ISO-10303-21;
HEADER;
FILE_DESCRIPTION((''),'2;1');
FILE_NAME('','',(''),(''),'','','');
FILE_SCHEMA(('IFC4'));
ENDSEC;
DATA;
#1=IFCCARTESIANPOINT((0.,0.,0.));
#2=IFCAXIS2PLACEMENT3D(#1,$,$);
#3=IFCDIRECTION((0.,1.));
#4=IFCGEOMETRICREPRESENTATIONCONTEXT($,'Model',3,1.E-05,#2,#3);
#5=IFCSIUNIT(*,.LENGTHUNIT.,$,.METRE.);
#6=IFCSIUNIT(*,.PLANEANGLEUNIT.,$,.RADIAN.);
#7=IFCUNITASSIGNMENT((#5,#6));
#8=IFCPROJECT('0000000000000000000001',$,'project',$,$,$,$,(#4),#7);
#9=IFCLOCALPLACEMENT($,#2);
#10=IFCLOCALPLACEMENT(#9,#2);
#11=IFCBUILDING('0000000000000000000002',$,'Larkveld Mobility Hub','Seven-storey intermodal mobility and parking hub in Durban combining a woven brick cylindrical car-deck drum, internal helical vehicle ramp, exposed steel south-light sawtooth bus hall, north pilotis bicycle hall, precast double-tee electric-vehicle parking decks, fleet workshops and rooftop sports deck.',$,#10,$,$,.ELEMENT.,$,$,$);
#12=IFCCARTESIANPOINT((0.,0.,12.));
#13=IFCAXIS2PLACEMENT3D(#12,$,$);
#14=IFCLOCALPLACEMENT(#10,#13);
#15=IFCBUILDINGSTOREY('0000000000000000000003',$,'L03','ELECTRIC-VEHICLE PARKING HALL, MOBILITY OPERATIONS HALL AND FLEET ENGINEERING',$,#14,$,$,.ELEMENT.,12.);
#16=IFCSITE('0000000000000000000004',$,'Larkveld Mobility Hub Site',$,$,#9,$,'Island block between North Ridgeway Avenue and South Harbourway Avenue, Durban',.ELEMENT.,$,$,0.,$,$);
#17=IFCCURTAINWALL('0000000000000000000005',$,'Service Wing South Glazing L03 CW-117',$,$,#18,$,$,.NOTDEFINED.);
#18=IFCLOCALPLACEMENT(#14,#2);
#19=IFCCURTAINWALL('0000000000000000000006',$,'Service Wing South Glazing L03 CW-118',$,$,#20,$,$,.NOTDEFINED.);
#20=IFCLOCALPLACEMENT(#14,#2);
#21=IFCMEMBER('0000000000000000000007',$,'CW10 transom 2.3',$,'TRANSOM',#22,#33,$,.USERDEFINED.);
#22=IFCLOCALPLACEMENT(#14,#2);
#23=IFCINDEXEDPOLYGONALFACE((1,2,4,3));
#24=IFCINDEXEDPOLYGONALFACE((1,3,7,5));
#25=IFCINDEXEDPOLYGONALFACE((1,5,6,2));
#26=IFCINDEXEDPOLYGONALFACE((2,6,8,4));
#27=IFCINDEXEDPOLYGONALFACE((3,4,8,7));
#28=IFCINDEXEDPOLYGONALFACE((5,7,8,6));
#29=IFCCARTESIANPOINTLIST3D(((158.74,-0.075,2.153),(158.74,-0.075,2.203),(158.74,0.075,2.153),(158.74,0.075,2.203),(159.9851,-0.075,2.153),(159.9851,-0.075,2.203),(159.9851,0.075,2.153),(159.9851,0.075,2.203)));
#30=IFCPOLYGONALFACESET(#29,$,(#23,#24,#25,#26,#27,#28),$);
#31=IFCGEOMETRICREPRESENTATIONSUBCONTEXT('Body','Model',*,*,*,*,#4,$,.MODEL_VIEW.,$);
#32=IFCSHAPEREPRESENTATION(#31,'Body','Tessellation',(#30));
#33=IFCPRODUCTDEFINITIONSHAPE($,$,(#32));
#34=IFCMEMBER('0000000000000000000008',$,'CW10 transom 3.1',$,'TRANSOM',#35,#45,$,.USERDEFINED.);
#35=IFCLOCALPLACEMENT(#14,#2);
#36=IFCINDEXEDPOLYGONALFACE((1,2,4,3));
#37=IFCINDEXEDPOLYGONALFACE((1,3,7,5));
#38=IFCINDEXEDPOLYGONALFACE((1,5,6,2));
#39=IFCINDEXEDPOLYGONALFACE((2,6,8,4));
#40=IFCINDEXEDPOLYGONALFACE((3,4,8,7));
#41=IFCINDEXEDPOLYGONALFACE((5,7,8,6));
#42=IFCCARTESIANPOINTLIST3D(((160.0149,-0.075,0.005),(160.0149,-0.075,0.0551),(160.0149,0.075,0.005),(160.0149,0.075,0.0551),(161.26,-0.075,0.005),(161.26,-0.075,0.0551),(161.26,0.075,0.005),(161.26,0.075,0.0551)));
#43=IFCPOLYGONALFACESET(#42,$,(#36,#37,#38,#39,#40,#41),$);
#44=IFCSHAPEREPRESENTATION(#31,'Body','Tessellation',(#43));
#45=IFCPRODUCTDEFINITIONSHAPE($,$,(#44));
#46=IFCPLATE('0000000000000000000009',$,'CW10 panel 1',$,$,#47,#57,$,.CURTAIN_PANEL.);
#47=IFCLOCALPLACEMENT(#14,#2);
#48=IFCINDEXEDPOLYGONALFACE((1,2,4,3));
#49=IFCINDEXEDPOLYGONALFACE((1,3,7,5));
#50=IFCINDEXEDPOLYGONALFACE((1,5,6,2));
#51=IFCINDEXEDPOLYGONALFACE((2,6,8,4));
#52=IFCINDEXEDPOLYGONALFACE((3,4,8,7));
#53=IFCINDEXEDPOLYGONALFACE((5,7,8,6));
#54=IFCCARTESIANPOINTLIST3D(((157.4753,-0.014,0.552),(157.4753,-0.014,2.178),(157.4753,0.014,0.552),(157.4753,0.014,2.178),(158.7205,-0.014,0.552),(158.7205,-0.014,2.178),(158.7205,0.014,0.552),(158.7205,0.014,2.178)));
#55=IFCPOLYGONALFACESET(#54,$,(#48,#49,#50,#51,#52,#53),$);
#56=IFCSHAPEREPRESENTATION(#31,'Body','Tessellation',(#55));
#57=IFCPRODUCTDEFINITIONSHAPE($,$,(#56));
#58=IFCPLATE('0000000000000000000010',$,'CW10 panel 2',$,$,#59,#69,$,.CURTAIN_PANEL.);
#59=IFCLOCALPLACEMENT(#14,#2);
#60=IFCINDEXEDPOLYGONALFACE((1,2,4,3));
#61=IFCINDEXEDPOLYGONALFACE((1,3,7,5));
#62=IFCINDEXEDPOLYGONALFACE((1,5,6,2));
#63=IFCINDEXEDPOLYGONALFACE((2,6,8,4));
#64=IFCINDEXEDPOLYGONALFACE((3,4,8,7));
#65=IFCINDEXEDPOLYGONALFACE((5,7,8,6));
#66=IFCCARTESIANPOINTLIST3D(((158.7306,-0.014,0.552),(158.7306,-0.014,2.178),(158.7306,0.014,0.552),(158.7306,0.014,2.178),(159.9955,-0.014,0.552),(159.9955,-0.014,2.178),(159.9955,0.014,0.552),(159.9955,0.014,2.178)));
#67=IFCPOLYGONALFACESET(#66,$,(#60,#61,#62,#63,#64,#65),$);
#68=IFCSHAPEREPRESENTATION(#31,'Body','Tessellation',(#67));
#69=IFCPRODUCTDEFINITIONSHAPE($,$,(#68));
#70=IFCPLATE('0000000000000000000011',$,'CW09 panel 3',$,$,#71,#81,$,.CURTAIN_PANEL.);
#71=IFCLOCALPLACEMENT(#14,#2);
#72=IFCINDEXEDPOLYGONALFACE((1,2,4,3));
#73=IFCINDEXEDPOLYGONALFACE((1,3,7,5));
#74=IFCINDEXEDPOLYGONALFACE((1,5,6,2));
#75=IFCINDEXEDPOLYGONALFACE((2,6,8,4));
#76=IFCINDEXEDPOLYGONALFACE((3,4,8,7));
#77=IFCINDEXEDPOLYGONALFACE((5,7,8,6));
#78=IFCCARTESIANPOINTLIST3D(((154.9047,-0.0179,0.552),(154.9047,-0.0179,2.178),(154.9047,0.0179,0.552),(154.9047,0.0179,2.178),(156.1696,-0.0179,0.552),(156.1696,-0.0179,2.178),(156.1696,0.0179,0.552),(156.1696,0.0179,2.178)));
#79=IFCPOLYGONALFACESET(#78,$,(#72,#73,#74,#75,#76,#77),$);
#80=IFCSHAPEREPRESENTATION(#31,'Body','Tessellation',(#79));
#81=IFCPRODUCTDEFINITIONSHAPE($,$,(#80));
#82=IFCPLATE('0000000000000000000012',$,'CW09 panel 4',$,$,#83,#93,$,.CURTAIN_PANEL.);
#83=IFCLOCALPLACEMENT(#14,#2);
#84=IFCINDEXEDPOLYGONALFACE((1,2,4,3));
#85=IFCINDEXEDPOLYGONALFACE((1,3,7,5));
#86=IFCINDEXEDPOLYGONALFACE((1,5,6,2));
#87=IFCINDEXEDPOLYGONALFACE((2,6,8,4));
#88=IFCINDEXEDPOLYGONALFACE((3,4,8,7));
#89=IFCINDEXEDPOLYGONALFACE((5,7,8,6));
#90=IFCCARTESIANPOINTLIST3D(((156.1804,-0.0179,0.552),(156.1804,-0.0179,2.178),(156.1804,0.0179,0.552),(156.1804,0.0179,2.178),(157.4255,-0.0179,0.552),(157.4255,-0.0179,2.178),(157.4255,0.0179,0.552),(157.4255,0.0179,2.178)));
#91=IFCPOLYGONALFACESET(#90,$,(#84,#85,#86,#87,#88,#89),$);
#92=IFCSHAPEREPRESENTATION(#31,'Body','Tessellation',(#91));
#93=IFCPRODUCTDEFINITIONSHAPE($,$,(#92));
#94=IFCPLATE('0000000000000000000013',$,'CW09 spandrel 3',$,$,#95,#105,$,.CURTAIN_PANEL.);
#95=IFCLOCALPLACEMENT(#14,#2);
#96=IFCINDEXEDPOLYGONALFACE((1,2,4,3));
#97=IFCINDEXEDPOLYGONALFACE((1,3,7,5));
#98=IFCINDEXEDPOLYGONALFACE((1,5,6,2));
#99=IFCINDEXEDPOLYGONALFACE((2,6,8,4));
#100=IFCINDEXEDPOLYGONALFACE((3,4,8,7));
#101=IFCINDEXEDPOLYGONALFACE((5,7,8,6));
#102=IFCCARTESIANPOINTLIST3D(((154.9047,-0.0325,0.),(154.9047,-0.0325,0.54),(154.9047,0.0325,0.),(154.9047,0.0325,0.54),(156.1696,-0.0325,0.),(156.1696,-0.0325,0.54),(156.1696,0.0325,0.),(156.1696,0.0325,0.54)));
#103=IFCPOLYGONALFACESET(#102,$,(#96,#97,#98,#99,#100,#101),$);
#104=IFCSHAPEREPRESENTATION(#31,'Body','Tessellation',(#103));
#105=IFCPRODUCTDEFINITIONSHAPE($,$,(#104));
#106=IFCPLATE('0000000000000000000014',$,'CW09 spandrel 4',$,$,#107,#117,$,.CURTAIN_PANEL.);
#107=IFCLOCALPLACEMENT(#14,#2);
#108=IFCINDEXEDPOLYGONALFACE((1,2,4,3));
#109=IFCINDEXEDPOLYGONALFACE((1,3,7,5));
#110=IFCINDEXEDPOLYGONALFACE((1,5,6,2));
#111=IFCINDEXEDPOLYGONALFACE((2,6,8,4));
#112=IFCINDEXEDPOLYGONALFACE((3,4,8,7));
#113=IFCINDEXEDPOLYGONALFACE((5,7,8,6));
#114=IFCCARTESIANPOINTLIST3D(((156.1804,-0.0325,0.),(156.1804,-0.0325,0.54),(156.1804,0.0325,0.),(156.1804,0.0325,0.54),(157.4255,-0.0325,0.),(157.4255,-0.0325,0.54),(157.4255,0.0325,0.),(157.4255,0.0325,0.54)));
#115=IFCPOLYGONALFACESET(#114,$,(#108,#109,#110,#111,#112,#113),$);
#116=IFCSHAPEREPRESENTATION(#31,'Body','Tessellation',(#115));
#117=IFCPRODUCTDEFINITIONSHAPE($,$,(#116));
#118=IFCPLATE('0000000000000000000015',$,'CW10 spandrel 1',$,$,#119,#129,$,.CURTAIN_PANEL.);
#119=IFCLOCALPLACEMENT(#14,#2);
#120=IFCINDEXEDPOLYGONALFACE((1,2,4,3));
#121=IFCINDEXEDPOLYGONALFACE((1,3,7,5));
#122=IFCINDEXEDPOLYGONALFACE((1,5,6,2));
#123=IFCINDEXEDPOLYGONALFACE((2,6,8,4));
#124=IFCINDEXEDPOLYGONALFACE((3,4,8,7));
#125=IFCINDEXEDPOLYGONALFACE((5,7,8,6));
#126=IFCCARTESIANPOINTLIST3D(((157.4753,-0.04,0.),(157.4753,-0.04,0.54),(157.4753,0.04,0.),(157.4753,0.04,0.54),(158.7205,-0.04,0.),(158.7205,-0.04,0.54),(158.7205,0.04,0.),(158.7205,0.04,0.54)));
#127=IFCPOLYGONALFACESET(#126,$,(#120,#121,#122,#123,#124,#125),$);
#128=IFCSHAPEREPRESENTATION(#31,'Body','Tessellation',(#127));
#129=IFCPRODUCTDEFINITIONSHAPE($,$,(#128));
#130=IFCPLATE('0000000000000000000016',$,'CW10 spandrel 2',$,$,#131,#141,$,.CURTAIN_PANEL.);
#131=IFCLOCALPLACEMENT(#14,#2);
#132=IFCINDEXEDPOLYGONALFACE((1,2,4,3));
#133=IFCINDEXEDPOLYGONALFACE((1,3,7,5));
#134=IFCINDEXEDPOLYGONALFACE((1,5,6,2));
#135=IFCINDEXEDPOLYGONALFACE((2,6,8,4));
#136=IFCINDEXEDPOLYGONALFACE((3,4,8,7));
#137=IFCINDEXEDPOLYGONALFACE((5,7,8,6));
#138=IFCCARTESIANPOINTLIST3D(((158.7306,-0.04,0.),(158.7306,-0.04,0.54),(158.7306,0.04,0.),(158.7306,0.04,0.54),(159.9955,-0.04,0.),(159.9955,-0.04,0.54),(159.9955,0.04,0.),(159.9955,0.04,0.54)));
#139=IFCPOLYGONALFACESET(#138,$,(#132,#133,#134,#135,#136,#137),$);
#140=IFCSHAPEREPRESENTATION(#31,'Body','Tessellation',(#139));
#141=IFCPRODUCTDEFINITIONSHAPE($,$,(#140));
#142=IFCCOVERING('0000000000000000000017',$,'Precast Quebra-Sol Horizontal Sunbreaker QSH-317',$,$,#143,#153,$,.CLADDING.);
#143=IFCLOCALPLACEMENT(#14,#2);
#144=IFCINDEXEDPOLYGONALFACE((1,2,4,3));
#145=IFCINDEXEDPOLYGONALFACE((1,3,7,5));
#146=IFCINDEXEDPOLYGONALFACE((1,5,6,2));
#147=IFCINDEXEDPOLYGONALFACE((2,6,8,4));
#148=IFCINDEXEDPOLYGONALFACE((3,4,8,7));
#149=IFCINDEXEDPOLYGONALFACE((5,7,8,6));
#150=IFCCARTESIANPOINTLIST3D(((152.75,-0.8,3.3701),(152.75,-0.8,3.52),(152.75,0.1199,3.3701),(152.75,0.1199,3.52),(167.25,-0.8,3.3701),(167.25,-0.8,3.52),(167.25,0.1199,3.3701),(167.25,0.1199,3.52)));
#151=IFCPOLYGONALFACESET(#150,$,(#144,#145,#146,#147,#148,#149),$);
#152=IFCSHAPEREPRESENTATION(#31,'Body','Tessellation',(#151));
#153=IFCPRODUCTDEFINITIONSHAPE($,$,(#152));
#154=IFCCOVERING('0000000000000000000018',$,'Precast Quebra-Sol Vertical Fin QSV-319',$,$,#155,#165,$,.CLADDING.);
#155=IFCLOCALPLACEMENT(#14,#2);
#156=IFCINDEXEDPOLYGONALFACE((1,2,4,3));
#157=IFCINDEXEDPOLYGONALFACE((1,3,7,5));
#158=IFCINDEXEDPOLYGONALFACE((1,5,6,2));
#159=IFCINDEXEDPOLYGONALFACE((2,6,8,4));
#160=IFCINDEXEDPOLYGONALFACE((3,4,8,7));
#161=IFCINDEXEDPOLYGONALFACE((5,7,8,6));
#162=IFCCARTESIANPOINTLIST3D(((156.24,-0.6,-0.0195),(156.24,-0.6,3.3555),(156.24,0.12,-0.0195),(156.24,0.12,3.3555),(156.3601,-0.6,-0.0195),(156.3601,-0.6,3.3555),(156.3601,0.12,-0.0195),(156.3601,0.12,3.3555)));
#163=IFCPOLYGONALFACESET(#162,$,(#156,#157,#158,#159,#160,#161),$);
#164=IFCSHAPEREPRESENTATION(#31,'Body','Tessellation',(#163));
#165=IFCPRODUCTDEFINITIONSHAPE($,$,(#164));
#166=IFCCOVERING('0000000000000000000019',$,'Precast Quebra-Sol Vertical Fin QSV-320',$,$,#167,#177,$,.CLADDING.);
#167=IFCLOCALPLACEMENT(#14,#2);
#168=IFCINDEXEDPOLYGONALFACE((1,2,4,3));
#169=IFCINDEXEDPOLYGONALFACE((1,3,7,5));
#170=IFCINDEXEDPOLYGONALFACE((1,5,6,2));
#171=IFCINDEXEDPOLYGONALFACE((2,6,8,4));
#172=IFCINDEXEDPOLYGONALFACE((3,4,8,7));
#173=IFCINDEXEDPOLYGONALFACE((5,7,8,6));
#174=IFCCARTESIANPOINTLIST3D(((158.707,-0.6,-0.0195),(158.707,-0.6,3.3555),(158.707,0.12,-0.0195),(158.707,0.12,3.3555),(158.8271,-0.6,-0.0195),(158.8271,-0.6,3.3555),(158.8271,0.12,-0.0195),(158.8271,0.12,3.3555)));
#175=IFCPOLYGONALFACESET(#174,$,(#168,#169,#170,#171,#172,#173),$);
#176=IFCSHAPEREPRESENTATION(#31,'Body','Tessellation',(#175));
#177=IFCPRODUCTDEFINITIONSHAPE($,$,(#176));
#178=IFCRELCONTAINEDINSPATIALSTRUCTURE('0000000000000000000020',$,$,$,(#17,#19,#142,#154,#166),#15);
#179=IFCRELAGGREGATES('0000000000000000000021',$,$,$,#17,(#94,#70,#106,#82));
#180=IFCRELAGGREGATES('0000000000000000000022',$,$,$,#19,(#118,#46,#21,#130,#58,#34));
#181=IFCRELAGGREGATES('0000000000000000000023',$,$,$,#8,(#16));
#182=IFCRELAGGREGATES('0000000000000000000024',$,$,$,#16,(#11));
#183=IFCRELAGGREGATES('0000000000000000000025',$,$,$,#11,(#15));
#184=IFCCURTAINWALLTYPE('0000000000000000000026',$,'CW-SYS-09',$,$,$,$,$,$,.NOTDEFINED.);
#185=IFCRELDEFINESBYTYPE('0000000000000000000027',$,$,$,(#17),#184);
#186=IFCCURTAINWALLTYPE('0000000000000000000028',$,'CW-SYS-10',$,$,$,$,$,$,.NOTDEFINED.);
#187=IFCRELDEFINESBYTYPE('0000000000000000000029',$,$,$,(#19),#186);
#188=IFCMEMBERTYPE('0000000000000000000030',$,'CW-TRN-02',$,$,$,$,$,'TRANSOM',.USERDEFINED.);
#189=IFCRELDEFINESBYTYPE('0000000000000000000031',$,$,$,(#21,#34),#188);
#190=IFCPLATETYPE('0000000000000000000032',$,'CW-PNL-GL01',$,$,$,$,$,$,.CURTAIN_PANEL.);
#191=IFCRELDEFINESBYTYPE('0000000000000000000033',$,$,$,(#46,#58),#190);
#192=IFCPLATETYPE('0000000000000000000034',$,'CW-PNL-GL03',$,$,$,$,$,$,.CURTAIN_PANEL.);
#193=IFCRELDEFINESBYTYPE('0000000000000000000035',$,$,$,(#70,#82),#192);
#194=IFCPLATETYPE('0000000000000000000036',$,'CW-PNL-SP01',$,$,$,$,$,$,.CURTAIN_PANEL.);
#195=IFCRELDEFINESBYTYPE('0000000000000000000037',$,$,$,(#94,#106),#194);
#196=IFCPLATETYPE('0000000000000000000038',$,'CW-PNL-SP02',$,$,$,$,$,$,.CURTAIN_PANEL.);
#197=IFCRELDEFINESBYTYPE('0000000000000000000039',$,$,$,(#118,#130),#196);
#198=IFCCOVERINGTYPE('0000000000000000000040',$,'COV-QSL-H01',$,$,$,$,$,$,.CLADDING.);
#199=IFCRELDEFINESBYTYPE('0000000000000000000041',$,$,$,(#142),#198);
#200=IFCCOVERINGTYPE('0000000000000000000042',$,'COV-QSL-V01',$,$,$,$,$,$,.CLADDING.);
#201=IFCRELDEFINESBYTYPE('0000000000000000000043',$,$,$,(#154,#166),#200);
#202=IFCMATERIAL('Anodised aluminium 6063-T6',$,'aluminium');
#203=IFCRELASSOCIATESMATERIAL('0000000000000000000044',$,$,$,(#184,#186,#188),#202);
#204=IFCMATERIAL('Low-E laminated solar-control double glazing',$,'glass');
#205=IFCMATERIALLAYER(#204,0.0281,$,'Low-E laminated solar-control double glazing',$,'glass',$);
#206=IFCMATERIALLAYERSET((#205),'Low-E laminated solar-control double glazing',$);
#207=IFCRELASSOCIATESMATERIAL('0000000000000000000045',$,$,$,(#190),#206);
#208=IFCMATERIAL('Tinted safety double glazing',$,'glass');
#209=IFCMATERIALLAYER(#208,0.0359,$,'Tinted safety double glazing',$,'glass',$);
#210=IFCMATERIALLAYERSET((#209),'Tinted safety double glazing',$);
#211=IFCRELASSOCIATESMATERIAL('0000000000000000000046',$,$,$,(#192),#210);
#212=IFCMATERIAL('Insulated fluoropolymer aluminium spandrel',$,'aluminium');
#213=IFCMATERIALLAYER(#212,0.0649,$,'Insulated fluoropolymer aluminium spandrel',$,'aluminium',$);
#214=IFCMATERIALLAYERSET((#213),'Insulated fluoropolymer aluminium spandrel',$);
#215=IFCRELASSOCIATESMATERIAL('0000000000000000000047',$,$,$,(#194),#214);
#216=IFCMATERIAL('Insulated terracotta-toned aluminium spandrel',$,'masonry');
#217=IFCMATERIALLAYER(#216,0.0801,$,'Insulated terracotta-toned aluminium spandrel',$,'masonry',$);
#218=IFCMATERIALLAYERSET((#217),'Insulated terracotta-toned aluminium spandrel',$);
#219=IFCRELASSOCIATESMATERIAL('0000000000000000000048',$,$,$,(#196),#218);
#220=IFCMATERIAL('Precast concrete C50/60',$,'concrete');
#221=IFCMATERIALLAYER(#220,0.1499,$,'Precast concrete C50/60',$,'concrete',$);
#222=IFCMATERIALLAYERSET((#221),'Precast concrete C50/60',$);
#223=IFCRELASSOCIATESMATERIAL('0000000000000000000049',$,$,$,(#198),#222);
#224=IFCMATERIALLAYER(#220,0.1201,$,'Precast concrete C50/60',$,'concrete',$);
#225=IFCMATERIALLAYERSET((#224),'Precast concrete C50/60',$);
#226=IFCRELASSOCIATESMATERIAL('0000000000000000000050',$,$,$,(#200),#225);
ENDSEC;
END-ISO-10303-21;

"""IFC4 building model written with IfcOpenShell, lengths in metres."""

from ifc_helpers import new_model, si_unit, direction, frame, origin, origin_2d, place, context, subcontext, project, spatial, rectangle, extrude, material, layer, layer_set, material_profile, profile_set, type_object, element, aggregate, save


model = new_model("IFC4")

# Units and contexts
model_context = context("Model", 3, precision=1e-05, world=origin(), true_north=direction((0.0, 1.0)))
body_context = subcontext(model_context, "Body", "Model", "MODEL_VIEW")
ifc_project = project(units=[si_unit("LENGTHUNIT", "METRE"), si_unit("PLANEANGLEUNIT", "RADIAN")], contexts=[model_context])

# Site, building, storey
site_placement = place(None, origin())
site = spatial("IfcSite", under=ifc_project, at=site_placement, Name="Larkveld Mobility Hub Site", LongName="Island block between North Ridgeway Avenue and South Harbourway Avenue, Durban", CompositionType="ELEMENT", RefElevation=0.0)
building_placement = place(site_placement, origin())
building = spatial("IfcBuilding", under=site, at=building_placement, Name="Larkveld Mobility Hub", Description="Seven-storey intermodal mobility and parking hub in Durban combining a woven brick cylindrical car-deck drum, internal helical vehicle ramp, exposed steel south-light sawtooth bus hall, north pilotis bicycle hall, precast double-tee electric-vehicle parking decks, fleet workshops and rooftop sports deck.", CompositionType="ELEMENT")
storey_placement = place(building_placement, frame((0.0, 0.0, 12.0)))
storey = spatial("IfcBuildingStorey", under=building, at=storey_placement, Name="L03", Description="ELECTRIC-VEHICLE PARKING HALL, MOBILITY OPERATIONS HALL AND FLEET ENGINEERING", CompositionType="ELEMENT", Elevation=12.0)

# Curtain walls
ifc_material_1 = material(Name="Anodised aluminium 6063-T6", Category="aluminium")
curtain_wall_type_1 = type_object("IfcCurtainWallType", Name="CW-SYS-09", PredefinedType="NOTDEFINED", material=ifc_material_1)
curtain_wall_1_placement = place(storey_placement, origin())
curtain_wall_1 = element("IfcCurtainWall", 1, at=curtain_wall_1_placement, inside=storey, type_object=curtain_wall_type_1, Name="Service Wing South Glazing L03 CW-117", PredefinedType="NOTDEFINED")
curtain_wall_type_2 = type_object("IfcCurtainWallType", Name="CW-SYS-10", PredefinedType="NOTDEFINED", material=ifc_material_1)
curtain_wall_2_placement = place(storey_placement, origin())
curtain_wall_2 = element("IfcCurtainWall", 2, at=curtain_wall_2_placement, inside=storey, type_object=curtain_wall_type_2, Name="Service Wing South Glazing L03 CW-118", PredefinedType="NOTDEFINED")

# Members
ifc_material_profile_1 = material_profile(ifc_material_1, rectangle(XDim=0.1499, YDim=0.05, at=origin_2d()), Name="ALU TRAN 50x150")
ifc_profile_set_1 = profile_set([ifc_material_profile_1], Name="Anodised aluminium 6063-T6")
member_type_1 = type_object("IfcMemberType", Name="CW-TRN-02", ElementType="TRANSOM", PredefinedType="USERDEFINED", material=ifc_profile_set_1)
member_1_placement = place(storey_placement, frame((158.74, 0.0, 2.178), z_axis=(1.0, 0.0, 0.0), x_axis=(0.0, 1.0, 0.0)))
member_1 = element("IfcMember", 3, at=member_1_placement, type_object=member_type_1, Name="CW10 transom 2.3", ObjectType="TRANSOM", PredefinedType="USERDEFINED", context=body_context, shape_type="SweptSolid", body=[
    extrude(rectangle(XDim=0.1499, YDim=0.05, at=origin_2d()), origin(), (0.0, 0.0, 1.0), 1.2451),
])
member_2_placement = place(storey_placement, frame((160.0149, 0.0, 0.03), z_axis=(1.0, 0.0, 0.0), x_axis=(0.0, 1.0, 0.0)))
member_2 = element("IfcMember", 4, at=member_2_placement, type_object=member_type_1, Name="CW10 transom 3.1", ObjectType="TRANSOM", PredefinedType="USERDEFINED", context=body_context, shape_type="SweptSolid", body=[
    extrude(rectangle(XDim=0.1499, YDim=0.05, at=origin_2d()), origin(), (0.0, 0.0, 1.0), 1.2451),
])

# Plates
ifc_material_2 = material(Name="Low-E laminated solar-control double glazing", Category="glass")
ifc_layer_1 = layer(ifc_material_2, 0.0281, Name="Low-E laminated solar-control double glazing", Category="glass")
ifc_layer_set_1 = layer_set([ifc_layer_1], Name="Low-E laminated solar-control double glazing")
plate_type_1 = type_object("IfcPlateType", Name="CW-PNL-GL01", PredefinedType="CURTAIN_PANEL", material=ifc_layer_set_1)
plate_1_placement = place(storey_placement, frame((158.0979, 0.0, 0.552), z_axis=(0.0, 0.0, 1.0), x_axis=(1.0, 0.0, 0.0)))
plate_1 = element("IfcPlate", 5, at=plate_1_placement, type_object=plate_type_1, Name="CW10 panel 1", PredefinedType="CURTAIN_PANEL", context=body_context, shape_type="SweptSolid", body=[
    extrude(rectangle(XDim=1.2451, YDim=0.0281, at=origin_2d()), origin(), (0.0, 0.0, 1.0), 1.626),
])
plate_2_placement = place(storey_placement, frame((159.363, 0.0, 0.552), z_axis=(0.0, 0.0, 1.0), x_axis=(1.0, 0.0, 0.0)))
plate_2 = element("IfcPlate", 6, at=plate_2_placement, type_object=plate_type_1, Name="CW10 panel 2", PredefinedType="CURTAIN_PANEL", context=body_context, shape_type="SweptSolid", body=[
    extrude(rectangle(XDim=1.2649, YDim=0.0281, at=origin_2d()), origin(), (0.0, 0.0, 1.0), 1.626),
])
ifc_material_3 = material(Name="Tinted safety double glazing", Category="glass")
ifc_layer_2 = layer(ifc_material_3, 0.0359, Name="Tinted safety double glazing", Category="glass")
ifc_layer_set_2 = layer_set([ifc_layer_2], Name="Tinted safety double glazing")
plate_type_2 = type_object("IfcPlateType", Name="CW-PNL-GL03", PredefinedType="CURTAIN_PANEL", material=ifc_layer_set_2)
plate_3_placement = place(storey_placement, frame((155.5371, 0.0, 0.552), z_axis=(0.0, 0.0, 1.0), x_axis=(1.0, 0.0, 0.0)))
plate_3 = element("IfcPlate", 7, at=plate_3_placement, type_object=plate_type_2, Name="CW09 panel 3", PredefinedType="CURTAIN_PANEL", context=body_context, shape_type="SweptSolid", body=[
    extrude(rectangle(XDim=1.2649, YDim=0.0359, at=origin_2d()), origin(), (0.0, 0.0, 1.0), 1.626),
])
plate_4_placement = place(storey_placement, frame((156.803, 0.0, 0.552), z_axis=(0.0, 0.0, 1.0), x_axis=(1.0, 0.0, 0.0)))
plate_4 = element("IfcPlate", 8, at=plate_4_placement, type_object=plate_type_2, Name="CW09 panel 4", PredefinedType="CURTAIN_PANEL", context=body_context, shape_type="SweptSolid", body=[
    extrude(rectangle(XDim=1.2451, YDim=0.0359, at=origin_2d()), origin(), (0.0, 0.0, 1.0), 1.626),
])
ifc_material_4 = material(Name="Insulated fluoropolymer aluminium spandrel", Category="aluminium")
ifc_layer_3 = layer(ifc_material_4, 0.0649, Name="Insulated fluoropolymer aluminium spandrel", Category="aluminium")
ifc_layer_set_3 = layer_set([ifc_layer_3], Name="Insulated fluoropolymer aluminium spandrel")
plate_type_3 = type_object("IfcPlateType", Name="CW-PNL-SP01", PredefinedType="CURTAIN_PANEL", material=ifc_layer_set_3)
plate_5_placement = place(storey_placement, frame((155.5371, 0.0, 0.0), z_axis=(0.0, 0.0, 1.0), x_axis=(1.0, 0.0, 0.0)))
plate_5 = element("IfcPlate", 9, at=plate_5_placement, type_object=plate_type_3, Name="CW09 spandrel 3", PredefinedType="CURTAIN_PANEL", context=body_context, shape_type="SweptSolid", body=[
    extrude(rectangle(XDim=1.2649, YDim=0.0649, at=origin_2d()), origin(), (0.0, 0.0, 1.0), 0.54),
])
plate_6_placement = place(storey_placement, frame((156.803, 0.0, 0.0), z_axis=(0.0, 0.0, 1.0), x_axis=(1.0, 0.0, 0.0)))
plate_6 = element("IfcPlate", 10, at=plate_6_placement, type_object=plate_type_3, Name="CW09 spandrel 4", PredefinedType="CURTAIN_PANEL", context=body_context, shape_type="SweptSolid", body=[
    extrude(rectangle(XDim=1.2451, YDim=0.0649, at=origin_2d()), origin(), (0.0, 0.0, 1.0), 0.54),
])
aggregate(curtain_wall_1, [plate_5, plate_3, plate_6, plate_4])
ifc_material_5 = material(Name="Insulated terracotta-toned aluminium spandrel", Category="masonry")
ifc_layer_4 = layer(ifc_material_5, 0.0801, Name="Insulated terracotta-toned aluminium spandrel", Category="masonry")
ifc_layer_set_4 = layer_set([ifc_layer_4], Name="Insulated terracotta-toned aluminium spandrel")
plate_type_4 = type_object("IfcPlateType", Name="CW-PNL-SP02", PredefinedType="CURTAIN_PANEL", material=ifc_layer_set_4)
plate_7_placement = place(storey_placement, frame((158.0979, 0.0, 0.0), z_axis=(0.0, 0.0, 1.0), x_axis=(1.0, 0.0, 0.0)))
plate_7 = element("IfcPlate", 11, at=plate_7_placement, type_object=plate_type_4, Name="CW10 spandrel 1", PredefinedType="CURTAIN_PANEL", context=body_context, shape_type="SweptSolid", body=[
    extrude(rectangle(XDim=1.2451, YDim=0.0801, at=origin_2d()), origin(), (0.0, 0.0, 1.0), 0.54),
])
plate_8_placement = place(storey_placement, frame((159.363, 0.0, 0.0), z_axis=(0.0, 0.0, 1.0), x_axis=(1.0, 0.0, 0.0)))
plate_8 = element("IfcPlate", 12, at=plate_8_placement, type_object=plate_type_4, Name="CW10 spandrel 2", PredefinedType="CURTAIN_PANEL", context=body_context, shape_type="SweptSolid", body=[
    extrude(rectangle(XDim=1.2649, YDim=0.0801, at=origin_2d()), origin(), (0.0, 0.0, 1.0), 0.54),
])
aggregate(curtain_wall_2, [plate_7, plate_1, member_1, plate_8, plate_2, member_2])

# Coverings
ifc_material_6 = material(Name="Precast concrete C50/60", Category="concrete")
ifc_layer_5 = layer(ifc_material_6, 0.1499, Name="Precast concrete C50/60", Category="concrete")
ifc_layer_set_5 = layer_set([ifc_layer_5], Name="Precast concrete C50/60")
covering_type_1 = type_object("IfcCoveringType", Name="COV-QSL-H01", PredefinedType="CLADDING", material=ifc_layer_set_5)
covering_placement = place(storey_placement, frame((160.0, -0.3401, 3.3701), z_axis=(0.0, 0.0, 1.0), x_axis=(1.0, 0.0, 0.0)))
element("IfcCovering", 13, at=covering_placement, inside=storey, type_object=covering_type_1, Name="Precast Quebra-Sol Horizontal Sunbreaker QSH-317", PredefinedType="CLADDING", context=body_context, shape_type="SweptSolid", body=[
    extrude(rectangle(XDim=14.5, YDim=0.9199, at=origin_2d()), origin(), (0.0, 0.0, 1.0), 0.1499),
])
ifc_layer_6 = layer(ifc_material_6, 0.1201, Name="Precast concrete C50/60", Category="concrete")
ifc_layer_set_6 = layer_set([ifc_layer_6], Name="Precast concrete C50/60")
covering_type_2 = type_object("IfcCoveringType", Name="COV-QSL-V01", PredefinedType="CLADDING", material=ifc_layer_set_6)
for number, where, z_axis, x_axis, name in (
    (14, (156.3, -0.24, -0.0195), (0.0, 0.0, 1.0), (1.0, 0.0, 0.0), "Precast Quebra-Sol Vertical Fin QSV-319"),
    (15, (158.7671, -0.24, -0.0195), (0.0, 0.0, 1.0), (1.0, 0.0, 0.0), "Precast Quebra-Sol Vertical Fin QSV-320"),
):
    element("IfcCovering", number, at=place(storey_placement, frame(where, z_axis=z_axis, x_axis=x_axis)), inside=storey, type_object=covering_type_2, Name=name, PredefinedType="CLADDING", context=body_context, shape_type="SweptSolid", body=[
        extrude(rectangle(XDim=0.1201, YDim=0.72, at=origin_2d()), origin(), (0.0, 0.0, 1.0), 3.375),
    ])

save(model, "model.ifc")
